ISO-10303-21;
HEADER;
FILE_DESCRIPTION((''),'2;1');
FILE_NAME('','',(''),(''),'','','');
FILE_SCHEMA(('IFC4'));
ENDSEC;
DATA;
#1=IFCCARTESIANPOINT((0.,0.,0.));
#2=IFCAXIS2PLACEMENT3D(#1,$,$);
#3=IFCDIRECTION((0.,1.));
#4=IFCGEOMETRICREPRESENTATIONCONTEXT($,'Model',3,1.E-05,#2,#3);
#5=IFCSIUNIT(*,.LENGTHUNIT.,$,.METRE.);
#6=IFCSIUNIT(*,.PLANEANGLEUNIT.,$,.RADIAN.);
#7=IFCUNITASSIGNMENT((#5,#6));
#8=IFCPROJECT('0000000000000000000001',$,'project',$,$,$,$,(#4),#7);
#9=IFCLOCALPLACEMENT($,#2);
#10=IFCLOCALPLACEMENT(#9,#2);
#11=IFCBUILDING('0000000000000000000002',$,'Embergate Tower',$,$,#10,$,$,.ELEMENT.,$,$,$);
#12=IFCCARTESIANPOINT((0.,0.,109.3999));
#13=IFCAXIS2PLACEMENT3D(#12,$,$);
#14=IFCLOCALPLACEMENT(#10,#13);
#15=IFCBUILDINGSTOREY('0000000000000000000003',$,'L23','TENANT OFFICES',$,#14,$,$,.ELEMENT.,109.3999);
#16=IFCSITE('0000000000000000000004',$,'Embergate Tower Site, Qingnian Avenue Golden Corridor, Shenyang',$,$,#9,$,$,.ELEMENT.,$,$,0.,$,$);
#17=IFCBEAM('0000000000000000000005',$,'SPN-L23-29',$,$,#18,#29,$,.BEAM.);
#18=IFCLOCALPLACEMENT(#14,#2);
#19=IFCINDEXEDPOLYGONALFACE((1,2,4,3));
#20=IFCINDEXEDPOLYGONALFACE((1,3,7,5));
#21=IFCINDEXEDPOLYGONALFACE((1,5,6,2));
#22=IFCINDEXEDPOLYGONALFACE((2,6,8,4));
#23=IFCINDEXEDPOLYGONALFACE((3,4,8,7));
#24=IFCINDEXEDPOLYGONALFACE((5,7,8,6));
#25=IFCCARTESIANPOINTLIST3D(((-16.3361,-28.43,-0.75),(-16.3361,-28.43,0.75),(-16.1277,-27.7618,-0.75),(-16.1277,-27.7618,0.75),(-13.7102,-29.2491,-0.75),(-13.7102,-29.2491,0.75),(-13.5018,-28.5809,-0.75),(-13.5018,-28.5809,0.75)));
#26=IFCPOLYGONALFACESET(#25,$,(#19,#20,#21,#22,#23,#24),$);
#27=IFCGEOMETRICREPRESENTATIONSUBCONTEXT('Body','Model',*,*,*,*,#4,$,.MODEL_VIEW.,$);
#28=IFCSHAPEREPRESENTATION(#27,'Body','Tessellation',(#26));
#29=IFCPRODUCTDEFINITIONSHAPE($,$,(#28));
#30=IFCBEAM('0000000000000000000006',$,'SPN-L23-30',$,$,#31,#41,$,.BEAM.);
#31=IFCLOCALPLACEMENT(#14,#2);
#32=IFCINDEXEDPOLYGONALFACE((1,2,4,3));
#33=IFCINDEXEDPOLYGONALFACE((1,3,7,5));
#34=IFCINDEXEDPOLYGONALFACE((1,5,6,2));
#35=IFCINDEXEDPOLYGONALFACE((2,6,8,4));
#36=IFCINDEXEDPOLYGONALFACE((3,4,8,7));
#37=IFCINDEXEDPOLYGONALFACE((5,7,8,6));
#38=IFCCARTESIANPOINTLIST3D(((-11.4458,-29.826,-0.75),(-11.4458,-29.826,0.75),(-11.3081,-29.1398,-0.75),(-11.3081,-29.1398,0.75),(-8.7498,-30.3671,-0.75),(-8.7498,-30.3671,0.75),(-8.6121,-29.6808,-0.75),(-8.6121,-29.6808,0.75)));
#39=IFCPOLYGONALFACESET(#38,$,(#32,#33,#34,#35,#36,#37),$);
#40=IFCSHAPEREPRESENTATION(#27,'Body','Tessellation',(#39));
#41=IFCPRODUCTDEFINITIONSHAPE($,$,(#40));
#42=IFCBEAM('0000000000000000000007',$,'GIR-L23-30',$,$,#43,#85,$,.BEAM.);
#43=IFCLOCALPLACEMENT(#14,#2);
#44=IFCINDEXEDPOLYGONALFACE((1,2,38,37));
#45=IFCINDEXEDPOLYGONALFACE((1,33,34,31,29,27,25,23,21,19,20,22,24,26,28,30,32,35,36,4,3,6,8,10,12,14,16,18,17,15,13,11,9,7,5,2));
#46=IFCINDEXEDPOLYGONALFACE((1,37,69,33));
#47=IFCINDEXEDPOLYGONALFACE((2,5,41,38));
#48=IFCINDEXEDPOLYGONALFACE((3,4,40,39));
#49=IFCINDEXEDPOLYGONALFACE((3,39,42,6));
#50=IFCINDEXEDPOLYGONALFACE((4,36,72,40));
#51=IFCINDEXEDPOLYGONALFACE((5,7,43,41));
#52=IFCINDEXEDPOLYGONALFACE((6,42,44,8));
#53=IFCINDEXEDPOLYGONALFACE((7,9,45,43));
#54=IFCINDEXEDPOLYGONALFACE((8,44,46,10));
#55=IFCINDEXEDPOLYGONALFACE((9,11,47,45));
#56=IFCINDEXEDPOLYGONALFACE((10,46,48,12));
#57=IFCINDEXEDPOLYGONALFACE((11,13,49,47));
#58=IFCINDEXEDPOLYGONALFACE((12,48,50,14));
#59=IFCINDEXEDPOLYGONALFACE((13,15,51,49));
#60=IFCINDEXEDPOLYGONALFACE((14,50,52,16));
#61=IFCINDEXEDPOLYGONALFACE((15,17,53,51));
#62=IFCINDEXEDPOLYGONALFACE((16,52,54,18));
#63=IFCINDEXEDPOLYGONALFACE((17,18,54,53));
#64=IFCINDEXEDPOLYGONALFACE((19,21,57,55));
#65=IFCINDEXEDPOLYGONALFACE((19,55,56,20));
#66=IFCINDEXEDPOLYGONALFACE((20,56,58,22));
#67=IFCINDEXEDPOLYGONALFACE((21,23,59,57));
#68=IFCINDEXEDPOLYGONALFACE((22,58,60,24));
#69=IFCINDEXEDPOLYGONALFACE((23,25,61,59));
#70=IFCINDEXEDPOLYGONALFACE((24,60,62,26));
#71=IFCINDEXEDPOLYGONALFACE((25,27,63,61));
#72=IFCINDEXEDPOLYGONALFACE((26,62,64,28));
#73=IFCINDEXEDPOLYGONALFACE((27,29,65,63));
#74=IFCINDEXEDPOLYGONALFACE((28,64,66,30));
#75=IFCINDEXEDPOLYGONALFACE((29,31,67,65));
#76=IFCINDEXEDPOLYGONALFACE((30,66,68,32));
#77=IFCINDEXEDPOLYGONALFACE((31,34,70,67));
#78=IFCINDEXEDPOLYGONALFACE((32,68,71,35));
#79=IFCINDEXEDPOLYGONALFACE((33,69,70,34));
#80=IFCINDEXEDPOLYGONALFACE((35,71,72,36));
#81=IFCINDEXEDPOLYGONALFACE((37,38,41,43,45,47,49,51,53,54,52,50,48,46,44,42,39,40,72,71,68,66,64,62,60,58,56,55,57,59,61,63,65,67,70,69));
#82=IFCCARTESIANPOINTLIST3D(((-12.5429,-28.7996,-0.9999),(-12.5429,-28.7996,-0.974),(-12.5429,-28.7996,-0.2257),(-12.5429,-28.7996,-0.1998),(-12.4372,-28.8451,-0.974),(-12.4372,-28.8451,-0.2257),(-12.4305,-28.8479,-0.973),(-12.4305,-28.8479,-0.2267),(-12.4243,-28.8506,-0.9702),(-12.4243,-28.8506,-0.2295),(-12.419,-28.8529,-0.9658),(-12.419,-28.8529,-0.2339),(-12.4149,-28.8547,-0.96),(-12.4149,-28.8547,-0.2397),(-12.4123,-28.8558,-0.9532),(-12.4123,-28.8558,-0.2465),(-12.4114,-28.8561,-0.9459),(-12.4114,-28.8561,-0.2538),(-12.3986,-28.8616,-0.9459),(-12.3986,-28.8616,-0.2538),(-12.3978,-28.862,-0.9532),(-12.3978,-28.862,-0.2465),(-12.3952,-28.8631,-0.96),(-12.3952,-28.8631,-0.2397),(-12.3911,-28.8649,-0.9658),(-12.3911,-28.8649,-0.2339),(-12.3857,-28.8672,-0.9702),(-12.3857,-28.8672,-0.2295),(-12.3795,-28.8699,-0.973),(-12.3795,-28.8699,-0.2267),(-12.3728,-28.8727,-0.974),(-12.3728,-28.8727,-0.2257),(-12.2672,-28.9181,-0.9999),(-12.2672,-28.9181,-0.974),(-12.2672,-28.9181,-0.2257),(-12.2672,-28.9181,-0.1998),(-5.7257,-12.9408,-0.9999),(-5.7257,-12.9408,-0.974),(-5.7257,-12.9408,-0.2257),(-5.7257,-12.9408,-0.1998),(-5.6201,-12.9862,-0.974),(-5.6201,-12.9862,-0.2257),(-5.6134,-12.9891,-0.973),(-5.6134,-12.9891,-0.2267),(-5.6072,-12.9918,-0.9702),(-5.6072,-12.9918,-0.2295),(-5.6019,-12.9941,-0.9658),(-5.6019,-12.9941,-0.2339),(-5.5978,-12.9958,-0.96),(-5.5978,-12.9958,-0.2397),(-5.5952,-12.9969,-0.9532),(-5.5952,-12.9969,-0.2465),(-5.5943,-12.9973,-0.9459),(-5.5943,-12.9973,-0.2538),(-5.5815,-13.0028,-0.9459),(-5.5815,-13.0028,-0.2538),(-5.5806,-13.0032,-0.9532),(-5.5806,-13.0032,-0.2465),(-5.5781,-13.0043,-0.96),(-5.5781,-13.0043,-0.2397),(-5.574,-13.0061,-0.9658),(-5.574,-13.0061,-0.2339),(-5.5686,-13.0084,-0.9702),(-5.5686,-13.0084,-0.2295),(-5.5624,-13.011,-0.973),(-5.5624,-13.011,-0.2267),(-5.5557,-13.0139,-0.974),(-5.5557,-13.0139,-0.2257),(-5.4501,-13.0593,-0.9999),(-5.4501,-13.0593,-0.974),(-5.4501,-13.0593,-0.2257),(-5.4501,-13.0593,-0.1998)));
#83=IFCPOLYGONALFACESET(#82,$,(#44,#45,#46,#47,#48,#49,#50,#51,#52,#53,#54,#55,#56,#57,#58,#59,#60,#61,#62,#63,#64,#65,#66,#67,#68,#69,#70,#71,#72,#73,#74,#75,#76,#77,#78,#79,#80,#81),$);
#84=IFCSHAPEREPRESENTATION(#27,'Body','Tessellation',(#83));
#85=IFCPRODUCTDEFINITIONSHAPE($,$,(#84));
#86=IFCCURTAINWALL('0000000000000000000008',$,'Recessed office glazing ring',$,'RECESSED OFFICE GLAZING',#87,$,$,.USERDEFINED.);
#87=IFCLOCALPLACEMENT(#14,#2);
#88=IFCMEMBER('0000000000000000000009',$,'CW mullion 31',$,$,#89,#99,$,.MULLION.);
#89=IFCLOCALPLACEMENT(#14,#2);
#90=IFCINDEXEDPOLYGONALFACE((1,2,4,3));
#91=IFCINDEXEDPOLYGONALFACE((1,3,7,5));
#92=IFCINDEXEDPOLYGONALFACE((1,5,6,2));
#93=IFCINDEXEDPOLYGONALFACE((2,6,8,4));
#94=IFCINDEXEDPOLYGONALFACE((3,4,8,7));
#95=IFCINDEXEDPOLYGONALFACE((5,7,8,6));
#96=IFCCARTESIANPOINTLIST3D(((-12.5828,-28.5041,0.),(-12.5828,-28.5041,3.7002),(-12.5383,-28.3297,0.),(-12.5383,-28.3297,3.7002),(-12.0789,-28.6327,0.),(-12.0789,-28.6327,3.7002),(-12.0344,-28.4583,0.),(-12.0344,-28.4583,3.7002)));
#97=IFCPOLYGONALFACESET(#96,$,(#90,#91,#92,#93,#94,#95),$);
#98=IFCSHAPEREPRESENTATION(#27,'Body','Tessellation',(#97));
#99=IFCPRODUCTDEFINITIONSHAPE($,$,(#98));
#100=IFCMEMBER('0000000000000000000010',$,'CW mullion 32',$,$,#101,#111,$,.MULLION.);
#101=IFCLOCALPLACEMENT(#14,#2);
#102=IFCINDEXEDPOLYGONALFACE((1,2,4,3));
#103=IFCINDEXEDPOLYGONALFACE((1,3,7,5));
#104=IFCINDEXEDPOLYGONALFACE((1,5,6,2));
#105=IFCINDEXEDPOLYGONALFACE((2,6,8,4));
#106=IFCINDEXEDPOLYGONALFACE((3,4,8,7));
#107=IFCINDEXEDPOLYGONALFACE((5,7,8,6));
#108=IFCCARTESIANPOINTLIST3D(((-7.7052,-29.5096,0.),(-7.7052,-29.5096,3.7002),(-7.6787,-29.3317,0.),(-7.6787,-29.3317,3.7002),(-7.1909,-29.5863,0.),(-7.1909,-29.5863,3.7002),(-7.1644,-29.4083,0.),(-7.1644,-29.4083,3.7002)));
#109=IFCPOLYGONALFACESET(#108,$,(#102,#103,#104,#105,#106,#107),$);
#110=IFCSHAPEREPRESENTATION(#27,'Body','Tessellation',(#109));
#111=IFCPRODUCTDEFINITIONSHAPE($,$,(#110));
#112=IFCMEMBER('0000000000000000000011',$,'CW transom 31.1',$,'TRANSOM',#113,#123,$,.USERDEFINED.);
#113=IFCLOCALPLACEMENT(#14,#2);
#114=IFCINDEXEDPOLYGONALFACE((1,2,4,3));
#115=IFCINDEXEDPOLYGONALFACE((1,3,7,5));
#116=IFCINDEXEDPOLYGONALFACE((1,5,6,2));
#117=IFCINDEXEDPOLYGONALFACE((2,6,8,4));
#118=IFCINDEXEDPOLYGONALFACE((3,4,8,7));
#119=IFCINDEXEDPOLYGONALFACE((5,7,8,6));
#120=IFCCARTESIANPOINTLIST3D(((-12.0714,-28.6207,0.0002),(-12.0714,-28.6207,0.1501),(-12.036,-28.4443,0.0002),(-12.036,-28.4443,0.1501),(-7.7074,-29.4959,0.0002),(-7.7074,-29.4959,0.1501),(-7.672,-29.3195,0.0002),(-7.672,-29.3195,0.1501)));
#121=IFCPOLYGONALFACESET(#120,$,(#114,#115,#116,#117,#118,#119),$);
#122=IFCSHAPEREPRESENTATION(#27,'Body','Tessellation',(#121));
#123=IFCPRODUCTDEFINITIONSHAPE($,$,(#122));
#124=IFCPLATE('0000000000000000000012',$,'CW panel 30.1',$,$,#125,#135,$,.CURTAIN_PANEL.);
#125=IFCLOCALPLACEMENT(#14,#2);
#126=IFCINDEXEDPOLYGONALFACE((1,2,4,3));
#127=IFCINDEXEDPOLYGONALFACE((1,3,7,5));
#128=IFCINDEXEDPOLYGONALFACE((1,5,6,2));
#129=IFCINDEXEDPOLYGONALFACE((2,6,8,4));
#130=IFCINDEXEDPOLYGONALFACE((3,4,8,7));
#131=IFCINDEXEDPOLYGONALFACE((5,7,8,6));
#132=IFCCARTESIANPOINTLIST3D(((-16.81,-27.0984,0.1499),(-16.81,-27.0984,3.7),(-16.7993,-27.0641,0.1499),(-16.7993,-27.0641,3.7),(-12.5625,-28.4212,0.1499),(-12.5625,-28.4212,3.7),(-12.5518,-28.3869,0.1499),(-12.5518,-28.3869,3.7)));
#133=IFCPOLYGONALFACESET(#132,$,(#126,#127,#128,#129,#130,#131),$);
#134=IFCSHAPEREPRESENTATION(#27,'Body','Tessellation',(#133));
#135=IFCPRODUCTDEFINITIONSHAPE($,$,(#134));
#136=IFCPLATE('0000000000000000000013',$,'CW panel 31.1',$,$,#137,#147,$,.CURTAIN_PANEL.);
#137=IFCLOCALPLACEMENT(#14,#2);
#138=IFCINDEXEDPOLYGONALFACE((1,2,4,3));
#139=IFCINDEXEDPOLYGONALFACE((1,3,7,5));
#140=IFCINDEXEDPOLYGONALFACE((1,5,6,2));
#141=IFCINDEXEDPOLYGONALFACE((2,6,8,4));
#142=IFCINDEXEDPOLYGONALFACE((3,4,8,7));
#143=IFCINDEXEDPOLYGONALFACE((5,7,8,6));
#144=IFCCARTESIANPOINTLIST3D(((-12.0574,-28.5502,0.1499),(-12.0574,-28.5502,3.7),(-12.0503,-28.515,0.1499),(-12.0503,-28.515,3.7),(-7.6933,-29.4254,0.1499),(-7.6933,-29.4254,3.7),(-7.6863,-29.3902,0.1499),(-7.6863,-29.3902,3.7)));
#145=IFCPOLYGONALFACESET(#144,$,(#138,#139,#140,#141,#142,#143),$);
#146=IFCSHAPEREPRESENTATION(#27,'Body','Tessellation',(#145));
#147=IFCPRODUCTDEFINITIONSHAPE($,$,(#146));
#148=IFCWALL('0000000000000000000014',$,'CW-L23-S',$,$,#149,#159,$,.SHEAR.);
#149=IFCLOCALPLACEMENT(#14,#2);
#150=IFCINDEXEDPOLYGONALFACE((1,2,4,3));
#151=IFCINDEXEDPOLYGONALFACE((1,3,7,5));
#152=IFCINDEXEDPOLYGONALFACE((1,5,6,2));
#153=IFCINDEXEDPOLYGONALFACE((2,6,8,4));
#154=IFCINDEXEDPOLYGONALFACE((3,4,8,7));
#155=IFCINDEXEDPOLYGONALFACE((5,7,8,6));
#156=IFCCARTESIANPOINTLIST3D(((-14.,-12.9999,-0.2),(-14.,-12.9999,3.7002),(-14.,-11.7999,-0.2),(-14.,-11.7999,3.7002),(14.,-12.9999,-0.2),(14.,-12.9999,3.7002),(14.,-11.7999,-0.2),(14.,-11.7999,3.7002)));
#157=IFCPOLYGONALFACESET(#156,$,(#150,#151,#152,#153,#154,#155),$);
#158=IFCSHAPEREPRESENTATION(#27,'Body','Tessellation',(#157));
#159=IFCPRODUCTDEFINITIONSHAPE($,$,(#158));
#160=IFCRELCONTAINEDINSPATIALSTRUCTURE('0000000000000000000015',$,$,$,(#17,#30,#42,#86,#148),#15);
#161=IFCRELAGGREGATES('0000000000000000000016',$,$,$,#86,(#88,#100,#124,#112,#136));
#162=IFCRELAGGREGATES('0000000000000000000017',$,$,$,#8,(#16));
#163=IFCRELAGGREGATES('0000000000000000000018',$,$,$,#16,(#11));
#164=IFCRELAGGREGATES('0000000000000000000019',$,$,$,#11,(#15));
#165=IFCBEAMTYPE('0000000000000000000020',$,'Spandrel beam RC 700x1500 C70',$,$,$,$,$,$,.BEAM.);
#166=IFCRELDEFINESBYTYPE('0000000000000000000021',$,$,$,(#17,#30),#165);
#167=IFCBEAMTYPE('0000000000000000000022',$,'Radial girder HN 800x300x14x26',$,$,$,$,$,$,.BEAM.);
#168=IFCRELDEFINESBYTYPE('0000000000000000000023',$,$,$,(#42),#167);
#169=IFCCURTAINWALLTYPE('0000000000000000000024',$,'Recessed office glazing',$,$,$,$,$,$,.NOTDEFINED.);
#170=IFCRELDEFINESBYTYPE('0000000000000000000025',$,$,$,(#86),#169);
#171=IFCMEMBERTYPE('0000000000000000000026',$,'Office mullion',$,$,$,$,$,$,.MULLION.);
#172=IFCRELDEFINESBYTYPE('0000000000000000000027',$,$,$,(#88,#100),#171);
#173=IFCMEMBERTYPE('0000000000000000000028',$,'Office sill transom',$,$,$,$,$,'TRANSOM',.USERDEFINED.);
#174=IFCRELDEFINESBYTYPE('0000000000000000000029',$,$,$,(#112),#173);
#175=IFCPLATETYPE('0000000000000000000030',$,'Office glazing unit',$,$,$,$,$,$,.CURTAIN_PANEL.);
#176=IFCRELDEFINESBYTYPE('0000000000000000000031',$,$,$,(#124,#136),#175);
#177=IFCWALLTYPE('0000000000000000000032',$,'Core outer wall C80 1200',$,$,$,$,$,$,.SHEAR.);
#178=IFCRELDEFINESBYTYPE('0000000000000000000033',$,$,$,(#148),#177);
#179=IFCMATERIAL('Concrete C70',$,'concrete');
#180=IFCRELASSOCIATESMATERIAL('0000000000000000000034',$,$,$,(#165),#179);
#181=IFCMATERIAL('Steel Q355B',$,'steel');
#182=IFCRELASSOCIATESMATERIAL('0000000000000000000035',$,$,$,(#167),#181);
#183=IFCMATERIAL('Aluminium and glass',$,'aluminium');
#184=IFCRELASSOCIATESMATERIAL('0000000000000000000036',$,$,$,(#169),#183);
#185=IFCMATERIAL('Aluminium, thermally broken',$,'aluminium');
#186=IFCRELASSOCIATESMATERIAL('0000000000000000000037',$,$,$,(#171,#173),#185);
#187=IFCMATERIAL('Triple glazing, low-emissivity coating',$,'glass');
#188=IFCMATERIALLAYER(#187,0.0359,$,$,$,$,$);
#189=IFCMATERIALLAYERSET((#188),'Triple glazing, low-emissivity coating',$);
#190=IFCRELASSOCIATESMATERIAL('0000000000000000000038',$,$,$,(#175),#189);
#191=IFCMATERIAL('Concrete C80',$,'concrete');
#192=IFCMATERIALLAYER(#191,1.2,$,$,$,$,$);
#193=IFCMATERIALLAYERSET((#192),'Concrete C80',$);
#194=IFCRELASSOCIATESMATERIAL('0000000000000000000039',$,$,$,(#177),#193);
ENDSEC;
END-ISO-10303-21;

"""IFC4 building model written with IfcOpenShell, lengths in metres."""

from ifc_helpers import new_model, si_unit, direction, frame, frame_2d, origin, origin_2d, place, context, subcontext, project, spatial, rectangle, i_section, extrude, source, transform, mapped, material, layer, layer_set, material_profile, profile_set, type_object, element, aggregate, save


model = new_model("IFC4")

# Units and contexts
model_context = context("Model", 3, precision=1e-05, world=origin(), true_north=direction((0.0, 1.0)))
body_context = subcontext(model_context, "Body", "Model", "MODEL_VIEW")
ifc_project = project(units=[si_unit("LENGTHUNIT", "METRE"), si_unit("PLANEANGLEUNIT", "RADIAN")], contexts=[model_context])

# Site, building, storey
site_placement = place(None, origin())
site = spatial("IfcSite", under=ifc_project, at=site_placement, Name="Embergate Tower Site, Qingnian Avenue Golden Corridor, Shenyang", CompositionType="ELEMENT", RefElevation=0.0)
building_placement = place(site_placement, origin())
building = spatial("IfcBuilding", under=site, at=building_placement, Name="Embergate Tower", CompositionType="ELEMENT")
storey_placement = place(building_placement, frame((0.0, 0.0, 109.3999)))
storey = spatial("IfcBuildingStorey", under=building, at=storey_placement, Name="L23", Description="TENANT OFFICES", CompositionType="ELEMENT", Elevation=109.3999)

# Beams
ifc_material_1 = material(Name="Concrete C70", Category="concrete")
ifc_material_profile_1 = material_profile(ifc_material_1, rectangle(XDim=0.7, YDim=1.5, at=origin_2d()), Name="RC 700x1500")
ifc_profile_set_1 = profile_set([ifc_material_profile_1], Name="Concrete C70")
beam_type_1 = type_object("IfcBeamType", Name="Spandrel beam RC 700x1500 C70", PredefinedType="BEAM", material=ifc_profile_set_1)
shared_shape_1 = source(origin(), body_context, "Body", "SweptSolid", [
    extrude(rectangle(XDim=0.7, YDim=1.5, at=origin_2d()), origin(), (0.0, 0.0, 1.0), 2.7507),
])
beam_1_placement = place(storey_placement, frame((-16.2319, -28.0959, 0.0), z_axis=(0.954638, -0.29777, 0.0), x_axis=(0.29777, 0.954638, 0.0)))
element("IfcBeam", 1, at=beam_1_placement, inside=storey, type_object=beam_type_1, Name="SPN-L23-29", PredefinedType="BEAM", context=body_context, shape_type="MappedRepresentation", body=[
    mapped(shared_shape_1, transform((0.0, 0.0, 0.0))),
])
shared_shape_2 = source(origin(), body_context, "Body", "SweptSolid", [
    extrude(rectangle(XDim=0.7, YDim=1.5, at=origin_2d()), origin(), (0.0, 0.0, 1.0), 2.7498),
])
beam_2_placement = place(storey_placement, frame((-11.377, -29.4829, 0.0), z_axis=(0.980454, -0.196748, 0.0), x_axis=(0.196748, 0.980454, 0.0)))
element("IfcBeam", 2, at=beam_2_placement, inside=storey, type_object=beam_type_1, Name="SPN-L23-30", PredefinedType="BEAM", context=body_context, shape_type="MappedRepresentation", body=[
    mapped(shared_shape_2, transform((0.0, 0.0, 0.0))),
])
ifc_material_2 = material(Name="Steel Q355B", Category="steel")
ifc_material_profile_2 = material_profile(ifc_material_2, i_section(OverallWidth=0.3, OverallDepth=0.8, WebThickness=0.0139, FlangeThickness=0.0259, FilletRadius=0.0281, at=origin_2d()), Name="HN 800x300x14x26")
ifc_profile_set_2 = profile_set([ifc_material_profile_2], Name="Steel Q355 grade B")
beam_type_2 = type_object("IfcBeamType", Name="Radial girder HN 800x300x14x26", PredefinedType="BEAM", material=ifc_profile_set_2)
shared_shape_3 = source(origin(), body_context, "Body", "SweptSolid", [
    extrude(i_section(OverallWidth=0.3, OverallDepth=0.8, WebThickness=0.0139, FlangeThickness=0.0259, FilletRadius=0.0281, at=origin_2d()), origin(), (0.0, 0.0, 1.0), 17.262),
])
beam_3_placement = place(storey_placement, frame((-12.405, -28.8589, -0.5999), z_axis=(0.394921, 0.918715, 0.0), x_axis=(-0.918715, 0.394921, 0.0)))
element("IfcBeam", 3, at=beam_3_placement, inside=storey, type_object=beam_type_2, Name="GIR-L23-30", PredefinedType="BEAM", context=body_context, shape_type="MappedRepresentation", body=[
    mapped(shared_shape_3, transform((0.0, 0.0, 0.0))),
])

# Curtain wall, members, plates
ifc_material_3 = material(Name="Aluminium and glass", Category="aluminium")
curtain_wall_type = type_object("IfcCurtainWallType", Name="Recessed office glazing", PredefinedType="NOTDEFINED", material=ifc_material_3)
curtain_wall_placement = place(storey_placement, origin())
curtain_wall = element("IfcCurtainWall", 4, at=curtain_wall_placement, inside=storey, type_object=curtain_wall_type, Name="Recessed office glazing ring", ObjectType="RECESSED OFFICE GLAZING", PredefinedType="USERDEFINED")
ifc_material_4 = material(Name="Aluminium, thermally broken", Category="aluminium")
ifc_material_profile_3 = material_profile(ifc_material_4, rectangle(XDim=0.1799, YDim=0.52, at=origin_2d()), Name="AL 520x180")
ifc_profile_set_3 = profile_set([ifc_material_profile_3], Name="Aluminium, thermally broken")
member_type_1 = type_object("IfcMemberType", Name="Office mullion", PredefinedType="MULLION", material=ifc_profile_set_3)
shared_shape_4 = source(origin(), body_context, "Body", "SweptSolid", [
    extrude(rectangle(XDim=0.1799, YDim=0.52, at=origin_2d()), origin(), (0.0, 0.0, 1.0), 3.7002),
])
member_1_placement = place(storey_placement, frame((-12.3086, -28.4812, 0.0), z_axis=(0.0, 0.0, 1.0), x_axis=(0.247317, 0.968935, 0.0)))
member_1 = element("IfcMember", 5, at=member_1_placement, type_object=member_type_1, Name="CW mullion 31", PredefinedType="MULLION", context=body_context, shape_type="MappedRepresentation", body=[
    mapped(shared_shape_4, transform((0.0, 0.0, 0.0))),
])
member_2_placement = place(storey_placement, frame((-7.4348, -29.459, 0.0), z_axis=(0.0, 0.0, 1.0), x_axis=(0.147416, 0.989075, 0.0)))
member_2 = element("IfcMember", 6, at=member_2_placement, type_object=member_type_1, Name="CW mullion 32", PredefinedType="MULLION", context=body_context, shape_type="MappedRepresentation", body=[
    mapped(shared_shape_4, transform((0.0, 0.0, 0.0))),
])
ifc_material_profile_4 = material_profile(ifc_material_4, rectangle(XDim=0.1799, YDim=0.1499, at=origin_2d()), Name="AL 150x180")
ifc_profile_set_4 = profile_set([ifc_material_profile_4], Name="Aluminium, thermally broken")
member_type_2 = type_object("IfcMemberType", Name="Office sill transom", ElementType="TRANSOM", PredefinedType="USERDEFINED", material=ifc_profile_set_4)
shared_shape_5 = source(origin(), body_context, "Body", "SweptSolid", [
    extrude(rectangle(XDim=0.1799, YDim=0.1499, at=origin_2d()), origin(), (0.0, 0.0, 1.0), 4.4509),
])
member_3_placement = place(storey_placement, frame((-12.0537, -28.5325, 0.0752), z_axis=(0.980475, -0.196644, 0.0), x_axis=(0.196644, 0.980475, 0.0)))
member_3 = element("IfcMember", 7, at=member_3_placement, type_object=member_type_2, Name="CW transom 31.1", ObjectType="TRANSOM", PredefinedType="USERDEFINED", context=body_context, shape_type="MappedRepresentation", body=[
    mapped(shared_shape_5, transform((0.0, 0.0, 0.0))),
])
ifc_material_5 = material(Name="Triple glazing, low-emissivity coating", Category="glass")
ifc_layer_1 = layer(ifc_material_5, 0.0359)
ifc_layer_set_1 = layer_set([ifc_layer_1], Name="Triple glazing, low-emissivity coating")
plate_type = type_object("IfcPlateType", Name="Office glazing unit", PredefinedType="CURTAIN_PANEL", material=ifc_layer_set_1)
shared_shape_6 = source(origin(), body_context, "Body", "SweptSolid", [
    extrude(rectangle(XDim=4.4487, YDim=0.0359, at=origin_2d()), origin(), (0.0, 0.0, 1.0), 3.55),
])
plate_1_placement = place(storey_placement, frame((-14.6809, -27.7427, 0.1499), z_axis=(0.0, 0.0, 1.0), x_axis=(0.95477, -0.297345, 0.0)))
plate_1 = element("IfcPlate", 8, at=plate_1_placement, type_object=plate_type, Name="CW panel 30.1", PredefinedType="CURTAIN_PANEL", context=body_context, shape_type="MappedRepresentation", body=[
    mapped(shared_shape_6, transform((0.0, 0.0, 0.0))),
])
shared_shape_7 = source(origin(), body_context, "Body", "SweptSolid", [
    extrude(rectangle(XDim=4.4509, YDim=0.0359, at=origin_2d()), origin(), (0.0, 0.0, 1.0), 3.55),
])
plate_2_placement = place(storey_placement, frame((-9.8718, -28.9702, 0.1499), z_axis=(0.0, 0.0, 1.0), x_axis=(0.980475, -0.196644, 0.0)))
plate_2 = element("IfcPlate", 9, at=plate_2_placement, type_object=plate_type, Name="CW panel 31.1", PredefinedType="CURTAIN_PANEL", context=body_context, shape_type="MappedRepresentation", body=[
    mapped(shared_shape_7, transform((0.0, 0.0, 0.0))),
])
aggregate(curtain_wall, [member_1, member_2, plate_1, member_3, plate_2])

# Wall
ifc_material_6 = material(Name="Concrete C80", Category="concrete")
ifc_layer_2 = layer(ifc_material_6, 1.2)
ifc_layer_set_2 = layer_set([ifc_layer_2], Name="Concrete C80")
wall_type_1 = type_object("IfcWallType", Name="Core outer wall C80 1200", PredefinedType="SHEAR", material=ifc_layer_set_2)
shared_shape_8 = source(origin(), body_context, "Body", "SweptSolid", [
    extrude(rectangle(XDim=28.0, YDim=1.2, at=frame_2d((14.0, 0.0))), origin(), (0.0, 0.0, 1.0), 3.9001),
])
wall_1_placement = place(storey_placement, frame((-14.0, -12.3999, -0.2), z_axis=(0.0, 0.0, 1.0), x_axis=(1.0, 0.0, 0.0)))
element("IfcWall", 10, at=wall_1_placement, inside=storey, type_object=wall_type_1, Name="CW-L23-S", PredefinedType="SHEAR", context=body_context, shape_type="MappedRepresentation", body=[
    mapped(shared_shape_8, transform((0.0, 0.0, 0.0))),
])

save(model, "model.ifc")
